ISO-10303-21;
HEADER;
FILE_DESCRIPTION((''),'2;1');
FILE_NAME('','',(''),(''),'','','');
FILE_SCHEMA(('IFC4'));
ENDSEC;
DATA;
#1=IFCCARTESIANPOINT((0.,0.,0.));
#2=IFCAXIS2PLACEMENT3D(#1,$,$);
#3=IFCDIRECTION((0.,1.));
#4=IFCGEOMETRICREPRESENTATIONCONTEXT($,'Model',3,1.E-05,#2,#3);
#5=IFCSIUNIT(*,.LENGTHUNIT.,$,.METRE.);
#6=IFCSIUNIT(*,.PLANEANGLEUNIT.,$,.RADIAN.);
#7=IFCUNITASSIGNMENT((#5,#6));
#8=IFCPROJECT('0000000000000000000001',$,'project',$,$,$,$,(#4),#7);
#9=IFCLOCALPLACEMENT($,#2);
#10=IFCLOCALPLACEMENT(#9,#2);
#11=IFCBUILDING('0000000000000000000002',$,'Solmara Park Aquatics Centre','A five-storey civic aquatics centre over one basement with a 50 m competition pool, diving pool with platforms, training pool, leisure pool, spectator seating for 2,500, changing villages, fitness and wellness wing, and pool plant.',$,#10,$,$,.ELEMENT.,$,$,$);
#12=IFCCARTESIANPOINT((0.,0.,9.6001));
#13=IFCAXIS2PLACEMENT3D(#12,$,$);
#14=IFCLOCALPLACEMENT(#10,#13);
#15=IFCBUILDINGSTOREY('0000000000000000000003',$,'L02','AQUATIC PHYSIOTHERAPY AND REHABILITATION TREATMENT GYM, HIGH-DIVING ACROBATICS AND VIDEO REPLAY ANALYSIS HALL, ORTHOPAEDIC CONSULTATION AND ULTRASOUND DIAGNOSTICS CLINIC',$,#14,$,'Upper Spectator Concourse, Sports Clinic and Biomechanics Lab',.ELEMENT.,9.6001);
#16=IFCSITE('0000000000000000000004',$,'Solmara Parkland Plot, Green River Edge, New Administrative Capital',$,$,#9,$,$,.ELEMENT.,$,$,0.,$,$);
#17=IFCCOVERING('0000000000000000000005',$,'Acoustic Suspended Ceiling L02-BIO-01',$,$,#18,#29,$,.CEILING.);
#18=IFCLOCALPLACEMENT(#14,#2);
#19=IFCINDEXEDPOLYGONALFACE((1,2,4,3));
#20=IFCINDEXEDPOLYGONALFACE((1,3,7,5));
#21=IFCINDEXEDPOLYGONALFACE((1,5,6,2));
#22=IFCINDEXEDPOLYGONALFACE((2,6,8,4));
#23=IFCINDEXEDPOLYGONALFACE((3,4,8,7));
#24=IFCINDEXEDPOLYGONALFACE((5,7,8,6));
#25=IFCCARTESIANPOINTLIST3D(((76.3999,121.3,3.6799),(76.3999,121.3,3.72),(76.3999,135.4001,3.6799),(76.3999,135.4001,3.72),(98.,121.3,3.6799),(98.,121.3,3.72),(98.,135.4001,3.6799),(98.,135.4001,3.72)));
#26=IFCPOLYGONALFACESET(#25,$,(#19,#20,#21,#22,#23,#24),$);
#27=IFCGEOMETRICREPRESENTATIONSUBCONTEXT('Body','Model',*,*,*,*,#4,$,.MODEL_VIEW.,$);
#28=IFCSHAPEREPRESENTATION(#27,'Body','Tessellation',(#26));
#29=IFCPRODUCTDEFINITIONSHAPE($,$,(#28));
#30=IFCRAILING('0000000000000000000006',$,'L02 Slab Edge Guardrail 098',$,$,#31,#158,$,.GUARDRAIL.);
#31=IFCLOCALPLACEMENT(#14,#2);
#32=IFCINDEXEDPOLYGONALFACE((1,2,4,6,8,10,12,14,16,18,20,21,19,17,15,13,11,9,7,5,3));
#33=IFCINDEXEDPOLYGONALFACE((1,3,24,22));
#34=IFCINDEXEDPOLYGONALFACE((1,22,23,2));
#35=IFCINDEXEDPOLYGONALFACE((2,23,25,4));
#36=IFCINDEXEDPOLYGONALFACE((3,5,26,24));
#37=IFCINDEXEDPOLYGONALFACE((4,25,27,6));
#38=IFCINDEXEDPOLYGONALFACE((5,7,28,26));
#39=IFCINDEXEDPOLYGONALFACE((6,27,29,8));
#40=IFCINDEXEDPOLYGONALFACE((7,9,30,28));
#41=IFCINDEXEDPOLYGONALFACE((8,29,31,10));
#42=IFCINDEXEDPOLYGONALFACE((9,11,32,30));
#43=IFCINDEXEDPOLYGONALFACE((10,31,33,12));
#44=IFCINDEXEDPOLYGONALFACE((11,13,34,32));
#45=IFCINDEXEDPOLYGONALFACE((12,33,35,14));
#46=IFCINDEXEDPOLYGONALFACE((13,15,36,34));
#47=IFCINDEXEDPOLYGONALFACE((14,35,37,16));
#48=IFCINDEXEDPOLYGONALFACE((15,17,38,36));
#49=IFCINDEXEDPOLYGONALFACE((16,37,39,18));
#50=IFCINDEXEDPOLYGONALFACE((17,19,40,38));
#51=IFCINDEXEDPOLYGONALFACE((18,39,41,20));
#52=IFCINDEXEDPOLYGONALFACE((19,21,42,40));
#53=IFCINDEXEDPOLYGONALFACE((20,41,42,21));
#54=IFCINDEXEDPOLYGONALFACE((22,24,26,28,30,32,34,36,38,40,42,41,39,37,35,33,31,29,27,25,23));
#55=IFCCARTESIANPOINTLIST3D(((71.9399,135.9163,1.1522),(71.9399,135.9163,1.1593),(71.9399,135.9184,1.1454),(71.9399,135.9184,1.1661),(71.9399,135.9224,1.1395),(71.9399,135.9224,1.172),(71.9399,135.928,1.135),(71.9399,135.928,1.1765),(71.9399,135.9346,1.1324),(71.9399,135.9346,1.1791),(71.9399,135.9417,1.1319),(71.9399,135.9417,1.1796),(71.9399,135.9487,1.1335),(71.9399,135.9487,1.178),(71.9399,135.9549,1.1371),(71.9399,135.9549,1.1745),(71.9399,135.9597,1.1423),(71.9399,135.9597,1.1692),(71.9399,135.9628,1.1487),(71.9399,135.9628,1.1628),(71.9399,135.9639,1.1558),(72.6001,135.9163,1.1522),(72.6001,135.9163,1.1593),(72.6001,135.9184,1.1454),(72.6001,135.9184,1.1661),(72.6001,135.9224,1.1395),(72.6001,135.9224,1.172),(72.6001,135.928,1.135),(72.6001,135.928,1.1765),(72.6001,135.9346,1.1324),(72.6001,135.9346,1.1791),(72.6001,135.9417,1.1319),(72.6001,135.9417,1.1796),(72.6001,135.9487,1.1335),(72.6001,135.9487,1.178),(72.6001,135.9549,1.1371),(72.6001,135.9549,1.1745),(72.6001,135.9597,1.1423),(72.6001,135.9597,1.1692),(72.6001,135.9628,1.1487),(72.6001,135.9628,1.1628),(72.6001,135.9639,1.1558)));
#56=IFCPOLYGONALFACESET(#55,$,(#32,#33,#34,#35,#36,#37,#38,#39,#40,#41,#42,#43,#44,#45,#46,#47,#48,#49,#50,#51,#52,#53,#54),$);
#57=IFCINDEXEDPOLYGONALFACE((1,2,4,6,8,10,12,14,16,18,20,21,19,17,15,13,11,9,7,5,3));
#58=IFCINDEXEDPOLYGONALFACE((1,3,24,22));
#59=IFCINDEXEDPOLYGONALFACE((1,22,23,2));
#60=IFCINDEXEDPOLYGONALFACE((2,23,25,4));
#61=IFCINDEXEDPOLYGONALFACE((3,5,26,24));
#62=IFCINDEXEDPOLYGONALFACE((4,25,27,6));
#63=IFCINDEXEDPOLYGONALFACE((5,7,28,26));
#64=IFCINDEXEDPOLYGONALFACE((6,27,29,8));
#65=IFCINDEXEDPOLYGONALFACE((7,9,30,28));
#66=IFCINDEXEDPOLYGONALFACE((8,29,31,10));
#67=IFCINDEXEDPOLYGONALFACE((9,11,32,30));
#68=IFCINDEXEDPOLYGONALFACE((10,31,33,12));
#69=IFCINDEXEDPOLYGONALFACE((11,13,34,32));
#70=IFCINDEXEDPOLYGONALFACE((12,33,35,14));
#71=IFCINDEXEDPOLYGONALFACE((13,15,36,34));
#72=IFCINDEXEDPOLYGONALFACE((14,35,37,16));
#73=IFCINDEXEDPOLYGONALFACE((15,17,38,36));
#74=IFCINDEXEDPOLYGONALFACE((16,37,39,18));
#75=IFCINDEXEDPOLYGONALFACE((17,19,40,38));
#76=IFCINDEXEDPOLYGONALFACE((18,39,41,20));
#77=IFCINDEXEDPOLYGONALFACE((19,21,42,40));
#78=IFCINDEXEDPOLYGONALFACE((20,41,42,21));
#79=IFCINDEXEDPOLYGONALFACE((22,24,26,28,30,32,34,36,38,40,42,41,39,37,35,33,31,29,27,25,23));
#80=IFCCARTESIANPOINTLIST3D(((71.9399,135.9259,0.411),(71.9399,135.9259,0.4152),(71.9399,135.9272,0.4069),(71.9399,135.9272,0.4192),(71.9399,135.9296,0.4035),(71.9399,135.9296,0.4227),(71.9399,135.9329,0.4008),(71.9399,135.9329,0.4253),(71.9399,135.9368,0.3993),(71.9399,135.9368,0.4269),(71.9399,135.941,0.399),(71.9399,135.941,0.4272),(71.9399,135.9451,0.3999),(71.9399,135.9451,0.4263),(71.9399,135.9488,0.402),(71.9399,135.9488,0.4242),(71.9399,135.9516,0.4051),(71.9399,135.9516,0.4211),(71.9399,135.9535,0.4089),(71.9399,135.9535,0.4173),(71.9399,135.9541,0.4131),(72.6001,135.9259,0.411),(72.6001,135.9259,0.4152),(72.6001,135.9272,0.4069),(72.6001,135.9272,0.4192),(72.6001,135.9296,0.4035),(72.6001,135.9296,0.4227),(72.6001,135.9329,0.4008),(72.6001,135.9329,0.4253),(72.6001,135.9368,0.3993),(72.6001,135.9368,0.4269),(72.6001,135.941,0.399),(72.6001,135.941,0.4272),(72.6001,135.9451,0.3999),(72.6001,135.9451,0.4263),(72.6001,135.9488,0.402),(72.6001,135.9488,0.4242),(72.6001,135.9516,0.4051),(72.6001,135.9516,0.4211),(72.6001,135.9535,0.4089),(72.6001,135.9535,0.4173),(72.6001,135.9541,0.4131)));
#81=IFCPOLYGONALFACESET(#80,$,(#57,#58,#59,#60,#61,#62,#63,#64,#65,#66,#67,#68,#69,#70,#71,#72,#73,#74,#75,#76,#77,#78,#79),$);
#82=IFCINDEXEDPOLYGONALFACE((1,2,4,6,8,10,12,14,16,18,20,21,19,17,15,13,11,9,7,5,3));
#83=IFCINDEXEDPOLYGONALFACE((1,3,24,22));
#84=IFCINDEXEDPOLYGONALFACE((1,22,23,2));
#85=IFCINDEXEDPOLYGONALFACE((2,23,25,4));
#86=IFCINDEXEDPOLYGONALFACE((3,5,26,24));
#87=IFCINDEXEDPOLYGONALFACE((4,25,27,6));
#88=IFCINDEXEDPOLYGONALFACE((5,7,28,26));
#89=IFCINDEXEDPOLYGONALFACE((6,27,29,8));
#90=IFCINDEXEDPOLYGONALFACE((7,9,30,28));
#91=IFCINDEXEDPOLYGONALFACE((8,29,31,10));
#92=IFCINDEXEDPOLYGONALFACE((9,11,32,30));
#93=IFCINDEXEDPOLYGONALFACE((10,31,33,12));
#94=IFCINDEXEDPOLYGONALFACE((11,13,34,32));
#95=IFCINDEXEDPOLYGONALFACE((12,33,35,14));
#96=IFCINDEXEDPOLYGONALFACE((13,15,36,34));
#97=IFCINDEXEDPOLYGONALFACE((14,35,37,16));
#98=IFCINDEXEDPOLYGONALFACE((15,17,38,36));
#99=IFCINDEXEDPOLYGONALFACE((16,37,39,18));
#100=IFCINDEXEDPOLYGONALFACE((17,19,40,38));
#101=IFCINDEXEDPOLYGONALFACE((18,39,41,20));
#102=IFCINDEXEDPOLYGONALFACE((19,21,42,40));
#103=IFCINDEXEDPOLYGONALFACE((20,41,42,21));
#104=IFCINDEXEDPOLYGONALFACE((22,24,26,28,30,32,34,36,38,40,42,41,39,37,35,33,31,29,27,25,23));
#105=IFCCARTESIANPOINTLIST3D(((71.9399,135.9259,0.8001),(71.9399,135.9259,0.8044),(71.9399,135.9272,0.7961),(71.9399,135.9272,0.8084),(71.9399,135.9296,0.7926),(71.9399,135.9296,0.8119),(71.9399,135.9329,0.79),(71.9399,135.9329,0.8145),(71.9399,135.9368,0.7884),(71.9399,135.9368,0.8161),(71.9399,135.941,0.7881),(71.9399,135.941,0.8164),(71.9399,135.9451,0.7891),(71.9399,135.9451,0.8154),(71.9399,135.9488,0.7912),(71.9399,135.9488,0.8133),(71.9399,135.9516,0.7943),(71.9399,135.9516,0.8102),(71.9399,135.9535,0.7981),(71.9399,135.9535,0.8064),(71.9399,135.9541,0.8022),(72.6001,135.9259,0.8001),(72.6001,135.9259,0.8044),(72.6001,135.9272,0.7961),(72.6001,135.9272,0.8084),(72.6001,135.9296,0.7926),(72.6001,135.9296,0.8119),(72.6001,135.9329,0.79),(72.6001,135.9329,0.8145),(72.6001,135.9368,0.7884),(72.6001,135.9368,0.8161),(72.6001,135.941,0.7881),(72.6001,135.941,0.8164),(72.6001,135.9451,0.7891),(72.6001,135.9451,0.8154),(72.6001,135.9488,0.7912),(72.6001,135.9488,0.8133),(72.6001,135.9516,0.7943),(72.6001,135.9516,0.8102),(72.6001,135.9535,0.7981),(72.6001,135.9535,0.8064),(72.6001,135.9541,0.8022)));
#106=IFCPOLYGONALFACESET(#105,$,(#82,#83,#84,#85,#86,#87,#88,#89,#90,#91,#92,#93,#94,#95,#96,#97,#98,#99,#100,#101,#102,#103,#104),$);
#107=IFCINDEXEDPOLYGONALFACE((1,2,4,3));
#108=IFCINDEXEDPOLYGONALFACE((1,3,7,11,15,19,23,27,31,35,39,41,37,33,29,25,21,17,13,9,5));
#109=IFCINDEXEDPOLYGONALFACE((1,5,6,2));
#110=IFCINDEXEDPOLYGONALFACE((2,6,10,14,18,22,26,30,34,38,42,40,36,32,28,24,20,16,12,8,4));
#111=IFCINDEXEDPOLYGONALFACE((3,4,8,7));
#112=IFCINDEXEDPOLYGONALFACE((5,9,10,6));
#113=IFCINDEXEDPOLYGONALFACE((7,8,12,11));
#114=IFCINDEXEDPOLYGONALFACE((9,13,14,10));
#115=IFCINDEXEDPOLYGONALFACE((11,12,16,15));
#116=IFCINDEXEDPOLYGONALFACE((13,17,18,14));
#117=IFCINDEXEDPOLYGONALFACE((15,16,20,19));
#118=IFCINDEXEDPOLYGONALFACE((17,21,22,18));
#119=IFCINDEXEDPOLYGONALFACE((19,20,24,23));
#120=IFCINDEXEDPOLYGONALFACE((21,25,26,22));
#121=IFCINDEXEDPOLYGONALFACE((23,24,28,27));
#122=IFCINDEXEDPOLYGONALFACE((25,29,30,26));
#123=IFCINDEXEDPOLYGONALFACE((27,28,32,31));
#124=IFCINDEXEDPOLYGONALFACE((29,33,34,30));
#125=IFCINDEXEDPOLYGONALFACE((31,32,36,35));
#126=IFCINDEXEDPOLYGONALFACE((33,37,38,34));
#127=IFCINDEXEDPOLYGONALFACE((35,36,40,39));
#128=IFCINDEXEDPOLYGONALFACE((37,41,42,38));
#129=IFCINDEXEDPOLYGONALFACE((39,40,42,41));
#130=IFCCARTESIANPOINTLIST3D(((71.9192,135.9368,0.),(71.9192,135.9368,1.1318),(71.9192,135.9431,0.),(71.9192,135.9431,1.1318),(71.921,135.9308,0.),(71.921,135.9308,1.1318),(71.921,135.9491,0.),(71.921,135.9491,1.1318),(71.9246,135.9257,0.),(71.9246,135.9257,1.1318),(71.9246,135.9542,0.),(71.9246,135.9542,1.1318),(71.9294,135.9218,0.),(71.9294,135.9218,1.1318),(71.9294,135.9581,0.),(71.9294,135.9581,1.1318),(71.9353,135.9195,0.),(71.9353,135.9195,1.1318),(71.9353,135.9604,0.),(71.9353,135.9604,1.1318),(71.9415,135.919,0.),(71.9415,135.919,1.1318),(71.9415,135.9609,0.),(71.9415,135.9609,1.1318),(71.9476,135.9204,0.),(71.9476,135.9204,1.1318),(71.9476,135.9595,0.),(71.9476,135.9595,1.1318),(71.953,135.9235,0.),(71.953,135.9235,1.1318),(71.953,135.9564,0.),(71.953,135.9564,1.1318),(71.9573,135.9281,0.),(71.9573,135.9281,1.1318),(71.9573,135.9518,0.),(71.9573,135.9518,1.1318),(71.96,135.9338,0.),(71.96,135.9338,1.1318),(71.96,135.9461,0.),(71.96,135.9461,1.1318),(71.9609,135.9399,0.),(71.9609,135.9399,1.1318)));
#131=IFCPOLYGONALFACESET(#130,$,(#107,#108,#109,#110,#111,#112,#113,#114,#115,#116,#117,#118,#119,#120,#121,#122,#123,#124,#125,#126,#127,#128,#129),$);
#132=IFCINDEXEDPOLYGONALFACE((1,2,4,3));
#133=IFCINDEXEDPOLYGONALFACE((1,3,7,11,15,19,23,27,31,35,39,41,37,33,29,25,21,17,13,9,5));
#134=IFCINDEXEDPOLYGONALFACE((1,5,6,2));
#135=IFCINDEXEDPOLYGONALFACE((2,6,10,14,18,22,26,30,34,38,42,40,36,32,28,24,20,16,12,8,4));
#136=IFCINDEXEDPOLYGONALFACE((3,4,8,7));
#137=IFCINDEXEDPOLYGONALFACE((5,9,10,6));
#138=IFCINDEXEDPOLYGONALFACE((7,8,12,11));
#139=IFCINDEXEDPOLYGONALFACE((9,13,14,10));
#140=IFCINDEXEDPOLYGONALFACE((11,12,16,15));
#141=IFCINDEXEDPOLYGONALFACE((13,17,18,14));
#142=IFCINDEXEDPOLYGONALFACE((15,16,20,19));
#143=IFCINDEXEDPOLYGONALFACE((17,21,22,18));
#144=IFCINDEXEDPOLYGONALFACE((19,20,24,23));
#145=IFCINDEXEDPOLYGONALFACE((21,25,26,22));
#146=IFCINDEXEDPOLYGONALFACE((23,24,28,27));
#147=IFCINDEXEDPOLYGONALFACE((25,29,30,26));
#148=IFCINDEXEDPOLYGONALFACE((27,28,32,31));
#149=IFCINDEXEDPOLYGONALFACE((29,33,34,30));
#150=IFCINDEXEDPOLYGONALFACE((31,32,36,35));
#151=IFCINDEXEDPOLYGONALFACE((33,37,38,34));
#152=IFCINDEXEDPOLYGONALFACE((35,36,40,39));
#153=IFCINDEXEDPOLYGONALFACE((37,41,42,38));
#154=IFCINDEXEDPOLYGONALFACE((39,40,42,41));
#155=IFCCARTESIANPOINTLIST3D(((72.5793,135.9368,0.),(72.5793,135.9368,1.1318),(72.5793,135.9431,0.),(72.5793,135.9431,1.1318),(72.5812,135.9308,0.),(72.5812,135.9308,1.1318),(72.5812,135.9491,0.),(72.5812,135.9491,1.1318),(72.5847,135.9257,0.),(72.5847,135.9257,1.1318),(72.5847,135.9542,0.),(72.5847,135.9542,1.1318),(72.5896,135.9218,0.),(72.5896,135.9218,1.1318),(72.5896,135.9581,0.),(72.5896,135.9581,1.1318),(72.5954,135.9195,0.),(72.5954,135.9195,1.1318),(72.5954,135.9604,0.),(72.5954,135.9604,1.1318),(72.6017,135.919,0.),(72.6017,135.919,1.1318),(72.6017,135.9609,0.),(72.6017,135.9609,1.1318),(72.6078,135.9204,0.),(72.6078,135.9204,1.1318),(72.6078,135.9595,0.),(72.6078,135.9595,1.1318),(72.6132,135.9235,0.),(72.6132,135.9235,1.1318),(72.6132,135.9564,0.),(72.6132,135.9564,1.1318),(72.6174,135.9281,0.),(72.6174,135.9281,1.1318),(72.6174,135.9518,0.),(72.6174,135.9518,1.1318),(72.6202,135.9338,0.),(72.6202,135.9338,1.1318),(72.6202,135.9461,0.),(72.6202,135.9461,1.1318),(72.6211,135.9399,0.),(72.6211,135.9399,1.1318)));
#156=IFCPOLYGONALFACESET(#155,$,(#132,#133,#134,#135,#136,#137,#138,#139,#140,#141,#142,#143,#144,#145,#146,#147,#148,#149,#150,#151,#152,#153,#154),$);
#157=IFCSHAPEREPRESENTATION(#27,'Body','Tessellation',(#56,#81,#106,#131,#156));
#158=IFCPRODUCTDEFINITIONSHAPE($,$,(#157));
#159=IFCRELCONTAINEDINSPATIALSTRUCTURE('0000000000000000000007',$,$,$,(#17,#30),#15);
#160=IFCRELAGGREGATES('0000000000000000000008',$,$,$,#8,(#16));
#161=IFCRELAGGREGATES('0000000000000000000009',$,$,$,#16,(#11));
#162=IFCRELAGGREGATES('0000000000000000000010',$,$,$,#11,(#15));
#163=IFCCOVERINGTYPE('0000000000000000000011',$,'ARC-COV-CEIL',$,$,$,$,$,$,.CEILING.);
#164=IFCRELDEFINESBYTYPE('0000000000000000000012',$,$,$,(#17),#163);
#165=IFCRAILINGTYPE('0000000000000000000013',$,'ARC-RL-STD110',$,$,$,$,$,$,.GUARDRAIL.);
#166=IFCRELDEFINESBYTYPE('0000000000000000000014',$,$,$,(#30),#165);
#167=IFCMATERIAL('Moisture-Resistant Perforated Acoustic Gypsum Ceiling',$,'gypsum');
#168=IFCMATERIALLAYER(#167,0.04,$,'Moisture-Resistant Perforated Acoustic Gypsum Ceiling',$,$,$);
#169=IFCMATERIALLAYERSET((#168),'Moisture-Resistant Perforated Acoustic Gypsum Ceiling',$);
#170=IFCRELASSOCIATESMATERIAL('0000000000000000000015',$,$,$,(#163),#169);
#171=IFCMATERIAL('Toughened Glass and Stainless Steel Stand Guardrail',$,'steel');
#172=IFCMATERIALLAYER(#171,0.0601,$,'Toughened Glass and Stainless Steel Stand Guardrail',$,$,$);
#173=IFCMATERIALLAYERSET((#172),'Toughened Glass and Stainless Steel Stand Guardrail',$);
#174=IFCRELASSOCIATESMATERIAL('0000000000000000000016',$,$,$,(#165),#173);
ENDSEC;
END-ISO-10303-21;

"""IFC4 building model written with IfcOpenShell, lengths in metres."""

from ifc_helpers import new_model, si_unit, direction, frame, origin, origin_2d, place, context, subcontext, project, spatial, rectangle, circle, extrude, material, layer, layer_set, type_object, element, save


model = new_model("IFC4")

# Units and contexts
model_context = context("Model", 3, precision=1e-05, world=origin(), true_north=direction((0.0, 1.0)))
body_context = subcontext(model_context, "Body", "Model", "MODEL_VIEW")
ifc_project = project(units=[si_unit("LENGTHUNIT", "METRE"), si_unit("PLANEANGLEUNIT", "RADIAN")], contexts=[model_context])

# Site, building, storey
site_placement = place(None, origin())
site = spatial("IfcSite", under=ifc_project, at=site_placement, Name="Solmara Parkland Plot, Green River Edge, New Administrative Capital", CompositionType="ELEMENT", RefElevation=0.0)
building_placement = place(site_placement, origin())
building = spatial("IfcBuilding", under=site, at=building_placement, Name="Solmara Park Aquatics Centre", Description="A five-storey civic aquatics centre over one basement with a 50 m competition pool, diving pool with platforms, training pool, leisure pool, spectator seating for 2,500, changing villages, fitness and wellness wing, and pool plant.", CompositionType="ELEMENT")
storey_placement = place(building_placement, frame((0.0, 0.0, 9.6001)))
storey = spatial("IfcBuildingStorey", under=building, at=storey_placement, Name="L02", Description="AQUATIC PHYSIOTHERAPY AND REHABILITATION TREATMENT GYM, HIGH-DIVING ACROBATICS AND VIDEO REPLAY ANALYSIS HALL, ORTHOPAEDIC CONSULTATION AND ULTRASOUND DIAGNOSTICS CLINIC", LongName="Upper Spectator Concourse, Sports Clinic and Biomechanics Lab", CompositionType="ELEMENT", Elevation=9.6001)

# Covering
ifc_material_1 = material(Name="Moisture-Resistant Perforated Acoustic Gypsum Ceiling", Category="gypsum")
ifc_layer_1 = layer(ifc_material_1, 0.04, Name="Moisture-Resistant Perforated Acoustic Gypsum Ceiling")
ifc_layer_set_1 = layer_set([ifc_layer_1], Name="Moisture-Resistant Perforated Acoustic Gypsum Ceiling")
covering_type = type_object("IfcCoveringType", Name="ARC-COV-CEIL", PredefinedType="CEILING", material=ifc_layer_set_1)
covering_placement = place(storey_placement, frame((87.2, 128.3501, 3.6799), z_axis=(0.0, 0.0, 1.0), x_axis=(1.0, 0.0, 0.0)))
element("IfcCovering", 1, at=covering_placement, inside=storey, type_object=covering_type, Name="Acoustic Suspended Ceiling L02-BIO-01", PredefinedType="CEILING", context=body_context, shape_type="SweptSolid", body=[
    extrude(rectangle(XDim=21.6001, YDim=14.1001, at=origin_2d()), origin(), (0.0, 0.0, 1.0), 0.04),
])

# Railing
ifc_material_2 = material(Name="Toughened Glass and Stainless Steel Stand Guardrail", Category="steel")
ifc_layer_2 = layer(ifc_material_2, 0.0601, Name="Toughened Glass and Stainless Steel Stand Guardrail")
ifc_layer_set_2 = layer_set([ifc_layer_2], Name="Toughened Glass and Stainless Steel Stand Guardrail")
railing_type = type_object("IfcRailingType", Name="ARC-RL-STD110", PredefinedType="GUARDRAIL", material=ifc_layer_set_2)
railing_placement = place(storey_placement, frame((71.9399, 135.9399, 0.0)))
element("IfcRailing", 2, at=railing_placement, inside=storey, type_object=railing_type, Name="L02 Slab Edge Guardrail 098", PredefinedType="GUARDRAIL", context=body_context, shape_type="SweptSolid", body=[
    extrude(circle(Radius=0.0239, at=origin_2d()), frame((0.0, 0.0, 1.1558), z_axis=(1.0, 0.0, 0.0), x_axis=(0.0, 1.0, 0.0)), (0.0, 0.0, 1.0), 0.6602),
    extrude(circle(Radius=0.0142, at=origin_2d()), frame((0.0, 0.0, 0.4131), z_axis=(1.0, 0.0, 0.0), x_axis=(0.0, 1.0, 0.0)), (0.0, 0.0, 1.0), 0.6602),
    extrude(circle(Radius=0.0142, at=origin_2d()), frame((0.0, 0.0, 0.8022), z_axis=(1.0, 0.0, 0.0), x_axis=(0.0, 1.0, 0.0)), (0.0, 0.0, 1.0), 0.6602),
    extrude(circle(Radius=0.021, at=origin_2d()), origin(), (0.0, 0.0, 1.0), 1.1318),
    extrude(circle(Radius=0.021, at=origin_2d()), frame((0.6602, 0.0, 0.0)), (0.0, 0.0, 1.0), 1.1318),
])

save(model, "model.ifc")
